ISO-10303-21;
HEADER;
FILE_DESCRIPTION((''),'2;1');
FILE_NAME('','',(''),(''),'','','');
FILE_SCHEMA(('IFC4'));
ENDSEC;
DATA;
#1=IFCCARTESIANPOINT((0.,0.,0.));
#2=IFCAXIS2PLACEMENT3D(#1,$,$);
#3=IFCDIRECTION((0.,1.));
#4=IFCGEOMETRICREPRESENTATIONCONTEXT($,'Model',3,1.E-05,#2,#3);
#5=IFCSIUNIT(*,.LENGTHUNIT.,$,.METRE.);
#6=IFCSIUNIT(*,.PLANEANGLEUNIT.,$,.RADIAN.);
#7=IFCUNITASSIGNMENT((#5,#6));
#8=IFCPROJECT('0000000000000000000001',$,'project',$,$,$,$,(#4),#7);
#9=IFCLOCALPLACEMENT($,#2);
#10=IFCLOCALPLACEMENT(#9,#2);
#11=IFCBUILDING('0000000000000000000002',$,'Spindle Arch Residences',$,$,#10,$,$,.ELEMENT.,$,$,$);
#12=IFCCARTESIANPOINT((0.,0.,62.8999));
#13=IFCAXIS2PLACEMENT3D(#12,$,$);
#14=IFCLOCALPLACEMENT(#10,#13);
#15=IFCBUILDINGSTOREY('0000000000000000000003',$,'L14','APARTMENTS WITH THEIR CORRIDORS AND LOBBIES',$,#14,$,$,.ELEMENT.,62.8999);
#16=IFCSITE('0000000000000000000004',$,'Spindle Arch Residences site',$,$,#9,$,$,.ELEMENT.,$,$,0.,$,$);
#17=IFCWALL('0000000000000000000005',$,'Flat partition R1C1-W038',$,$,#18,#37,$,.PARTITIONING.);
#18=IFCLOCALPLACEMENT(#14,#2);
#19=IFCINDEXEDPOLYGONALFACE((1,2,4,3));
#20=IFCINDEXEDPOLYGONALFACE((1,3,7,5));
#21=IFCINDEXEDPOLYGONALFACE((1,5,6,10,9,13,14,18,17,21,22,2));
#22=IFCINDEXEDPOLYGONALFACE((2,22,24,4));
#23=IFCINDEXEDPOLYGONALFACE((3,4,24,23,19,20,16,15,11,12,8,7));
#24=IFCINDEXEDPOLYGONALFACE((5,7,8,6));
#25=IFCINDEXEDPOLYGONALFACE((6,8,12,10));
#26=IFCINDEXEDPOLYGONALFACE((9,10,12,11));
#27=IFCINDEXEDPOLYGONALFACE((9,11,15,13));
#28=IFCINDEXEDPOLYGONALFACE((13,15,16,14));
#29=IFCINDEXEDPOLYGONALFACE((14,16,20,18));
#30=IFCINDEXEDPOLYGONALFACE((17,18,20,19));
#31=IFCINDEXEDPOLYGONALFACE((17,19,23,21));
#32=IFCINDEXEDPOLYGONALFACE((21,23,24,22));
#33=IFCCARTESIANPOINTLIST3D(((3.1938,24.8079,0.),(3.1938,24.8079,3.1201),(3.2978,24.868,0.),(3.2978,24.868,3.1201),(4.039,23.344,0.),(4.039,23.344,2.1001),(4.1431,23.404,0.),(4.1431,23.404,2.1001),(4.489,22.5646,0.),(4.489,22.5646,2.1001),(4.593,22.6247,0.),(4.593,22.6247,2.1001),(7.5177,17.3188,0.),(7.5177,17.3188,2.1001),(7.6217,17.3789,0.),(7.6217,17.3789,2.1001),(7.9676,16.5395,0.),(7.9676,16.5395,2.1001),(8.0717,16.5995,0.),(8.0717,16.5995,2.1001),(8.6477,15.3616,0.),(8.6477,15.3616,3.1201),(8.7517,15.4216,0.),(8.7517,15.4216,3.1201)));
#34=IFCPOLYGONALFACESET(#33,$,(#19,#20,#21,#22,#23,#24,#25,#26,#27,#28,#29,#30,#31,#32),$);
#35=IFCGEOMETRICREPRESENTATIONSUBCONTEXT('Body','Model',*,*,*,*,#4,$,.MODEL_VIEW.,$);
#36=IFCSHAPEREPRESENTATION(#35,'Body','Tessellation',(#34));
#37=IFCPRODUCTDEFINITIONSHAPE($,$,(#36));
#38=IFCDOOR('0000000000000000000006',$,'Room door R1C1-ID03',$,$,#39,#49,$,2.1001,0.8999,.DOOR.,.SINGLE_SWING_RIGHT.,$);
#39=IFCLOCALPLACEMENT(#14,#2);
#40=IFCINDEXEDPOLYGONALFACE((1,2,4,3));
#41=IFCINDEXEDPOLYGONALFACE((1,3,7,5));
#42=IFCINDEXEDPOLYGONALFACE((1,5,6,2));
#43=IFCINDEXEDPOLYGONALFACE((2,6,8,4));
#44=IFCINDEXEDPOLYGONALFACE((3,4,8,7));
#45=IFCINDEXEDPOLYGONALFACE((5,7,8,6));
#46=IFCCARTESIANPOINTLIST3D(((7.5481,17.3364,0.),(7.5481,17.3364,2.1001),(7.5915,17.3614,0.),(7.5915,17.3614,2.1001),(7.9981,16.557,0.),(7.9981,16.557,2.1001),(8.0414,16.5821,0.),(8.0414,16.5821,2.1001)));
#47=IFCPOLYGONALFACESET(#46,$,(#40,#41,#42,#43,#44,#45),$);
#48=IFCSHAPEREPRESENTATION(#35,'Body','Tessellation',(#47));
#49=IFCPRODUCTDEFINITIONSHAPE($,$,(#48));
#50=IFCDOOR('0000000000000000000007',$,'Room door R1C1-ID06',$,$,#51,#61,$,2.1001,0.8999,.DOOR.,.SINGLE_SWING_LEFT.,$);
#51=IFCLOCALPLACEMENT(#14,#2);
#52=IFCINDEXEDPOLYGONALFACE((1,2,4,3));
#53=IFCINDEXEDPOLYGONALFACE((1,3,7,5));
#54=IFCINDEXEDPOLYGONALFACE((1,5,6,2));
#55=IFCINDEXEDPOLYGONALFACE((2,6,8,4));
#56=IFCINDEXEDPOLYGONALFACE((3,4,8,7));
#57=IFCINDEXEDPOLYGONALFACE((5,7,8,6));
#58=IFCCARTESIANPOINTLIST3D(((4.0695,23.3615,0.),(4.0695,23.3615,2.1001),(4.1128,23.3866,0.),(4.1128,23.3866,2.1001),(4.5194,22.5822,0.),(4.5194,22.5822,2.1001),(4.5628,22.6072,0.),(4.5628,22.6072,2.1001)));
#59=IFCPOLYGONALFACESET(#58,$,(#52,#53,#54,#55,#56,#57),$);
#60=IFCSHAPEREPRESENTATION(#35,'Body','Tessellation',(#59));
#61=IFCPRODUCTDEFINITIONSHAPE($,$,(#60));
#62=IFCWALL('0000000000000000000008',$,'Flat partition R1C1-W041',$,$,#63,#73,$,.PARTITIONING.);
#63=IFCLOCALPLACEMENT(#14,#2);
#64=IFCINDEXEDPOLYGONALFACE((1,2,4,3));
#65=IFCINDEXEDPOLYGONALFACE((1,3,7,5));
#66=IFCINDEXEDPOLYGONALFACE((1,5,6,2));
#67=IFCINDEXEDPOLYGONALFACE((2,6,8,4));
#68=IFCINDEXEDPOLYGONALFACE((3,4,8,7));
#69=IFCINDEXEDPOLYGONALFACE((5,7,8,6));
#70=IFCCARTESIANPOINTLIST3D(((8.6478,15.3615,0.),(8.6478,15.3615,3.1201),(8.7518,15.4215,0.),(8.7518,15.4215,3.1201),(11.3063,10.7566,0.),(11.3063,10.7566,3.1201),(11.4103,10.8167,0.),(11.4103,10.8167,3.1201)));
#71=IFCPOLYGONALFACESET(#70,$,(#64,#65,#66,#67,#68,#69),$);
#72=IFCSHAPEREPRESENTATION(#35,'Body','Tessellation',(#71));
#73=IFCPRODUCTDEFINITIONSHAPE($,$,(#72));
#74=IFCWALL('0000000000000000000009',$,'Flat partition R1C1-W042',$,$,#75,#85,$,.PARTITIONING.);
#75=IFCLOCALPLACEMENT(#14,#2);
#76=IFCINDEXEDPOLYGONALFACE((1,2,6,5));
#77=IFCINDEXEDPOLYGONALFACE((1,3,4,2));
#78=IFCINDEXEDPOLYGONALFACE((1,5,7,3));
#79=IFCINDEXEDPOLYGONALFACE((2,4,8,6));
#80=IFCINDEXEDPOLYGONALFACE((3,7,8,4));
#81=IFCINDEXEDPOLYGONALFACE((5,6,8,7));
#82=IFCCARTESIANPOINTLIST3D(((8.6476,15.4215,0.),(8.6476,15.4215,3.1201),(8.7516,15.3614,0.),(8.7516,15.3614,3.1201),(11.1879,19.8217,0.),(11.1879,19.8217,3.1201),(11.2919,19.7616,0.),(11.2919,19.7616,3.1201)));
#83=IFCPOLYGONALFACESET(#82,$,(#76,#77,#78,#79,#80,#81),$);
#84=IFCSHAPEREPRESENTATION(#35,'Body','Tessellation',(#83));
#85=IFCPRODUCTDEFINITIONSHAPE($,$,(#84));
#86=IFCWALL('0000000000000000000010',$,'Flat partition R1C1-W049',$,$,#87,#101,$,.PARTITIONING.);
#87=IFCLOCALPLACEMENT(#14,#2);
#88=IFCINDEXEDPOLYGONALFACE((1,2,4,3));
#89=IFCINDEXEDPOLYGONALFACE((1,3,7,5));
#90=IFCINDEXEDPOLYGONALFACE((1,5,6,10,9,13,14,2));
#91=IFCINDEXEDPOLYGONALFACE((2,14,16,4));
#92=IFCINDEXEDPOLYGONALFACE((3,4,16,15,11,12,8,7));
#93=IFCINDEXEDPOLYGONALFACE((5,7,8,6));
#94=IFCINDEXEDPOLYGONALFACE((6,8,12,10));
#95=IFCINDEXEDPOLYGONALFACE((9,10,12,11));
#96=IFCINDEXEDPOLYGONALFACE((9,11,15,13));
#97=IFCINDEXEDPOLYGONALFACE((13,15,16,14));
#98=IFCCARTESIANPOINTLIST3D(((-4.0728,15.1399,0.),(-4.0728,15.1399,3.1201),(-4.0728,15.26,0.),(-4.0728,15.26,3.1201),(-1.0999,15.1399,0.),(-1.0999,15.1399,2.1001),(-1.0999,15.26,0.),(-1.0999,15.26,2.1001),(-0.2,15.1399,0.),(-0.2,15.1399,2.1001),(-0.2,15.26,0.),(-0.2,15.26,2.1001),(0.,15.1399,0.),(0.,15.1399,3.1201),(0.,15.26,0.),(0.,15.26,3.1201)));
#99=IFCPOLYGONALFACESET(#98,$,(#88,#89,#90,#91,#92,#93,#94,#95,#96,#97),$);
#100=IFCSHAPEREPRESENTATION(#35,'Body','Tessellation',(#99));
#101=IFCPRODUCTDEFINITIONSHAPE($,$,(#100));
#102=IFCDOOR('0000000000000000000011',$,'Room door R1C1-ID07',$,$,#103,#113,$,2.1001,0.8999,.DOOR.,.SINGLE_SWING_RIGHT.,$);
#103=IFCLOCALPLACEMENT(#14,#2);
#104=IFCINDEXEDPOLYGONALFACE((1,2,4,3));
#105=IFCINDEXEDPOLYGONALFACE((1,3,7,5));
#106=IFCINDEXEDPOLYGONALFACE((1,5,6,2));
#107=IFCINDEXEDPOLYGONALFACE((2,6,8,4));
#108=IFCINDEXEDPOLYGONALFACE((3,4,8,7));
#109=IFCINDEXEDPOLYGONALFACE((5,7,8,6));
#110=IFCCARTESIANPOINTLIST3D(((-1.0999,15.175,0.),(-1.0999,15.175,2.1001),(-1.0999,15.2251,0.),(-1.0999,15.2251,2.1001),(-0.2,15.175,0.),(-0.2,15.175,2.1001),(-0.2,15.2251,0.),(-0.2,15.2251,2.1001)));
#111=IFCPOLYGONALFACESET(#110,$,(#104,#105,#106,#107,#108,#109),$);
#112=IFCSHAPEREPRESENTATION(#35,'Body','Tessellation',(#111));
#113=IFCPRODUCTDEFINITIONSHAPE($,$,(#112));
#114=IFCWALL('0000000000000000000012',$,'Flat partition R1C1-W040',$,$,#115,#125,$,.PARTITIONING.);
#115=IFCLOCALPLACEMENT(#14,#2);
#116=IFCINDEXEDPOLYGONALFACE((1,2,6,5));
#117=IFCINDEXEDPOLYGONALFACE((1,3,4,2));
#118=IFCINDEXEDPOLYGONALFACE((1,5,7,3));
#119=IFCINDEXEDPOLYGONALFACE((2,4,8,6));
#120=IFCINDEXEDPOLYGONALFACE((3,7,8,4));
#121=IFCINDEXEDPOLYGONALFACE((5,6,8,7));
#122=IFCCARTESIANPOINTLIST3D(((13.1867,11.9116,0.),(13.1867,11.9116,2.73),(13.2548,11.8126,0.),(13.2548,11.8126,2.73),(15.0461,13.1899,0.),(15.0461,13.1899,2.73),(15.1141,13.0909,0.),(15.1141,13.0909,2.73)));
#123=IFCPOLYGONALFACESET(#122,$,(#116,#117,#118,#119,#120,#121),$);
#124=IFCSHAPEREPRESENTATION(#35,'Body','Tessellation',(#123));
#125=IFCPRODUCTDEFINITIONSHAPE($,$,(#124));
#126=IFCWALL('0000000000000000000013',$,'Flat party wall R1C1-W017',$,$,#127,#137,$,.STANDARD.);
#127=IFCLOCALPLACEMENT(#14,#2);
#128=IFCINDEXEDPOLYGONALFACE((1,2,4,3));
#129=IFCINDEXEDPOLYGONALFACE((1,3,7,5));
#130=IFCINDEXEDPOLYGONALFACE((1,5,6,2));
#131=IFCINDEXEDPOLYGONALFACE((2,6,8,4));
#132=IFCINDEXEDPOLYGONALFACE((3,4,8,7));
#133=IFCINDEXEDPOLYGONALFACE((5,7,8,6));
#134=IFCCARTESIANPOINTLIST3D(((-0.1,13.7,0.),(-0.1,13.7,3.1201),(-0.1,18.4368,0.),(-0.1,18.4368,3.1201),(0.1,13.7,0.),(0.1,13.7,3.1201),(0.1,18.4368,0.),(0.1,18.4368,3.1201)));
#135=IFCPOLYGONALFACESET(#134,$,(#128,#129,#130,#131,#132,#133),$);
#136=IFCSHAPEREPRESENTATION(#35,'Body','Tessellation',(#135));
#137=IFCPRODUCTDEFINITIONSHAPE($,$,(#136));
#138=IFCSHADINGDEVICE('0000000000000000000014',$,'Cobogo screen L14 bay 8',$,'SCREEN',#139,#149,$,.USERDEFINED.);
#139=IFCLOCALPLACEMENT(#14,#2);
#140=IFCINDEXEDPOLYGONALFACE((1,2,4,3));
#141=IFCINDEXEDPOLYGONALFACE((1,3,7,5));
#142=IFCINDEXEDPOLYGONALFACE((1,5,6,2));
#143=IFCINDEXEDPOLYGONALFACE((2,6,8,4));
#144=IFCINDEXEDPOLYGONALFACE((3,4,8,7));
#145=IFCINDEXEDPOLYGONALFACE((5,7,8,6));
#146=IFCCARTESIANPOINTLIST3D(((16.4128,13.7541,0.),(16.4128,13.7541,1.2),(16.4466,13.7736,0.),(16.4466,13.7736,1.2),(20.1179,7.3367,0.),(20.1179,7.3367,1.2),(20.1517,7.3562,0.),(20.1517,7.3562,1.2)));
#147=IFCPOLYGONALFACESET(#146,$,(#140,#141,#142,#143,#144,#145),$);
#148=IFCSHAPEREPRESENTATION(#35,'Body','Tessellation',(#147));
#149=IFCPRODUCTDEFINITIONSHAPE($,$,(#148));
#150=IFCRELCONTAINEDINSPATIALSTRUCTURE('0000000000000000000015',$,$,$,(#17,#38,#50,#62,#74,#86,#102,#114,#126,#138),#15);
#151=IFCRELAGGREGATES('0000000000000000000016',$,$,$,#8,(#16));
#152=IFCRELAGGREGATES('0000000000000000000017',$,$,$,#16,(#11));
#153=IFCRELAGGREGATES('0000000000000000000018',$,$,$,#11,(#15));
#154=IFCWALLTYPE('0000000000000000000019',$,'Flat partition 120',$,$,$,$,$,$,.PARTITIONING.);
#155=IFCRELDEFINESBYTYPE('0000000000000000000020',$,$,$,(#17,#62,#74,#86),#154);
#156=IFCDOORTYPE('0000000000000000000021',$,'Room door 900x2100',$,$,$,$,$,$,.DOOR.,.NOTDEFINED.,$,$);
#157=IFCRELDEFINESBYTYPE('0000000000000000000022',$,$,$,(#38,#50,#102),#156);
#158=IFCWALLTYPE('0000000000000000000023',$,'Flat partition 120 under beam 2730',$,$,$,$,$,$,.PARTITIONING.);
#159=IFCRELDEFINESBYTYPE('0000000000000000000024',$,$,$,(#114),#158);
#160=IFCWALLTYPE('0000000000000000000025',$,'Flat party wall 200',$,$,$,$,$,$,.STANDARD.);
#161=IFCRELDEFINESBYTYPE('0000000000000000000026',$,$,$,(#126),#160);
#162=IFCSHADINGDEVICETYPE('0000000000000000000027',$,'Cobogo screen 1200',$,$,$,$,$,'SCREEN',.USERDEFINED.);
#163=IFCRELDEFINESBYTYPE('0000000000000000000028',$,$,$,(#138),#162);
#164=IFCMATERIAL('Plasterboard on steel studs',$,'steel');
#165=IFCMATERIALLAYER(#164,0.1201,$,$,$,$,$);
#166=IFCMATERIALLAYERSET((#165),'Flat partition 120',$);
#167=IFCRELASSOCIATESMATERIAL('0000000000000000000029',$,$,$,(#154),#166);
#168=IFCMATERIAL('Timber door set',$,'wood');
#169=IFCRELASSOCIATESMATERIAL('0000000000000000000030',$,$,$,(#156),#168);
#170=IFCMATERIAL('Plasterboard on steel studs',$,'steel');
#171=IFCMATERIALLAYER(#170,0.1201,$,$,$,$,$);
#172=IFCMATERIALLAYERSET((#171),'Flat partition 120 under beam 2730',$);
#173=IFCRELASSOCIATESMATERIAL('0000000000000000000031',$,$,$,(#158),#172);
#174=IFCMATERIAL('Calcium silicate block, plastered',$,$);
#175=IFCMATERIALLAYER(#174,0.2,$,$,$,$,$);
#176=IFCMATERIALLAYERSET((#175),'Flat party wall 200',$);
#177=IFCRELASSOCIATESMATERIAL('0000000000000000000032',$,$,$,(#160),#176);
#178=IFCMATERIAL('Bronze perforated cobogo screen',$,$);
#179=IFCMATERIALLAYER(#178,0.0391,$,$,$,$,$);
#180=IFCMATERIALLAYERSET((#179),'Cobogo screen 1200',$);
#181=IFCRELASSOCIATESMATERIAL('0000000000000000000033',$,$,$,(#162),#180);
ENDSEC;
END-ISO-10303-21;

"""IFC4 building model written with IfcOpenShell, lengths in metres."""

from ifc_helpers import new_model, si_unit, direction, frame, frame_2d, origin, origin_2d, place, context, subcontext, project, spatial, rectangle, extrude, material, layer, layer_set, type_object, element, fill, save


model = new_model("IFC4")

# Units and contexts
model_context = context("Model", 3, precision=1e-05, world=origin(), true_north=direction((0.0, 1.0)))
body_context = subcontext(model_context, "Body", "Model", "MODEL_VIEW")
ifc_project = project(units=[si_unit("LENGTHUNIT", "METRE"), si_unit("PLANEANGLEUNIT", "RADIAN")], contexts=[model_context])

# Site, building, storey
site_placement = place(None, origin())
site = spatial("IfcSite", under=ifc_project, at=site_placement, Name="Spindle Arch Residences site", CompositionType="ELEMENT", RefElevation=0.0)
building_placement = place(site_placement, origin())
building = spatial("IfcBuilding", under=site, at=building_placement, Name="Spindle Arch Residences", CompositionType="ELEMENT")
storey_placement = place(building_placement, frame((0.0, 0.0, 62.8999)))
storey = spatial("IfcBuildingStorey", under=building, at=storey_placement, Name="L14", Description="APARTMENTS WITH THEIR CORRIDORS AND LOBBIES", CompositionType="ELEMENT", Elevation=62.8999)

# Shared definitions
ifc_material_1 = material(Name="Plasterboard on steel studs", Category="steel")
ifc_layer_1 = layer(ifc_material_1, 0.1201)
ifc_layer_set_1 = layer_set([ifc_layer_1], Name="Flat partition 120")
wall_type_1 = type_object("IfcWallType", Name="Flat partition 120", PredefinedType="PARTITIONING", material=ifc_layer_set_1)
ifc_material_2 = material(Name="Timber door set", Category="wood")
door_type_1 = type_object("IfcDoorType", Name="Room door 900x2100", OperationType="NOTDEFINED", PredefinedType="DOOR", material=ifc_material_2)

# Wall, openings, doors
wall_1_placement = place(storey_placement, frame((8.6997, 15.3916, 0.0), z_axis=(0.0, 0.0, 1.0), x_axis=(-0.500003, 0.866024, 0.0)))
wall_1 = element("IfcWall", 1, at=wall_1_placement, inside=storey, type_object=wall_type_1, Name="Flat partition R1C1-W038", PredefinedType="PARTITIONING", context=body_context, shape_type="SweptSolid", body=[
    extrude(rectangle(XDim=10.9077, YDim=0.1201, at=frame_2d((5.4539, 0.0))), origin(), (0.0, 0.0, 1.0), 3.1201),
])
opening_1_placement = place(wall_1_placement, frame((1.3601, 0.0, 0.0)))
opening_1 = element("IfcOpeningElement", 2, at=opening_1_placement, cuts=wall_1, PredefinedType="OPENING", context=body_context, shape_type="SweptSolid", body=[
    extrude(rectangle(XDim=0.8999, YDim=2.1001, at=frame_2d((0.45, 1.05))), frame((0.0, 0.0701, 0.0), z_axis=(0.0, -1.0, 0.0), x_axis=(1.0, 0.0, 0.0)), (0.0, 0.0, 1.0), 0.1401),
])
opening_2_placement = place(wall_1_placement, frame((8.3174, 0.0, 0.0)))
opening_2 = element("IfcOpeningElement", 3, at=opening_2_placement, cuts=wall_1, PredefinedType="OPENING", context=body_context, shape_type="SweptSolid", body=[
    extrude(rectangle(XDim=0.8999, YDim=2.1001, at=frame_2d((0.45, 1.05))), frame((0.0, 0.0701, 0.0), z_axis=(0.0, -1.0, 0.0), x_axis=(1.0, 0.0, 0.0)), (0.0, 0.0, 1.0), 0.1401),
])
door_1_placement = place(opening_1_placement, origin())
door_1 = element("IfcDoor", 4, at=door_1_placement, inside=storey, type_object=door_type_1, Name="Room door R1C1-ID03", OperationType="SINGLE_SWING_RIGHT", OverallHeight=2.1001, OverallWidth=0.8999, PredefinedType="DOOR", context=body_context, shape_type="SweptSolid", body=[
    extrude(rectangle(XDim=0.8999, YDim=2.1001, at=frame_2d((0.45, 1.05))), frame((0.0, 0.0249, 0.0), z_axis=(0.0, -1.0, 0.0), x_axis=(1.0, 0.0, 0.0)), (0.0, 0.0, 1.0), 0.05),
])
fill(opening_1, door_1)
door_2_placement = place(opening_2_placement, origin())
door_2 = element("IfcDoor", 5, at=door_2_placement, inside=storey, type_object=door_type_1, Name="Room door R1C1-ID06", OperationType="SINGLE_SWING_LEFT", OverallHeight=2.1001, OverallWidth=0.8999, PredefinedType="DOOR", context=body_context, shape_type="SweptSolid", body=[
    extrude(rectangle(XDim=0.8999, YDim=2.1001, at=frame_2d((0.45, 1.05))), frame((0.0, 0.0249, 0.0), z_axis=(0.0, -1.0, 0.0), x_axis=(1.0, 0.0, 0.0)), (0.0, 0.0, 1.0), 0.05),
])
fill(opening_2, door_2)

# Walls
wall_2_placement = place(storey_placement, frame((8.6997, 15.3916, 0.0), z_axis=(0.0, 0.0, 1.0), x_axis=(0.499986, -0.866033, 0.0)))
element("IfcWall", 6, at=wall_2_placement, inside=storey, type_object=wall_type_1, Name="Flat partition R1C1-W041", PredefinedType="PARTITIONING", context=body_context, shape_type="SweptSolid", body=[
    extrude(rectangle(XDim=5.3171, YDim=0.1201, at=frame_2d((2.6587, 0.0))), origin(), (0.0, 0.0, 1.0), 3.1201),
])
wall_3_placement = place(storey_placement, frame((11.24, 19.7917, 0.0), z_axis=(0.0, 0.0, 1.0), x_axis=(-0.499979, -0.866038, 0.0)))
element("IfcWall", 7, at=wall_3_placement, inside=storey, type_object=wall_type_1, Name="Flat partition R1C1-W042", PredefinedType="PARTITIONING", context=body_context, shape_type="SweptSolid", body=[
    extrude(rectangle(XDim=5.0808, YDim=0.1201, at=frame_2d((2.5405, 0.0))), origin(), (0.0, 0.0, 1.0), 3.1201),
])

# Wall, opening, door
wall_4_placement = place(storey_placement, frame((0.0, 15.2, 0.0), z_axis=(0.0, 0.0, 1.0), x_axis=(-1.0, 0.0, 0.0)))
wall_4 = element("IfcWall", 8, at=wall_4_placement, inside=storey, type_object=wall_type_1, Name="Flat partition R1C1-W049", PredefinedType="PARTITIONING", context=body_context, shape_type="SweptSolid", body=[
    extrude(rectangle(XDim=4.0728, YDim=0.1201, at=frame_2d((2.0364, 0.0))), origin(), (0.0, 0.0, 1.0), 3.1201),
])
opening_3_placement = place(wall_4_placement, frame((0.2, 0.0, 0.0)))
opening_3 = element("IfcOpeningElement", 9, at=opening_3_placement, cuts=wall_4, PredefinedType="OPENING", context=body_context, shape_type="SweptSolid", body=[
    extrude(rectangle(XDim=0.8999, YDim=2.1001, at=frame_2d((0.45, 1.05))), frame((0.0, 0.0701, 0.0), z_axis=(0.0, -1.0, 0.0), x_axis=(1.0, 0.0, 0.0)), (0.0, 0.0, 1.0), 0.1401),
])
door_3_placement = place(opening_3_placement, origin())
door_3 = element("IfcDoor", 10, at=door_3_placement, inside=storey, type_object=door_type_1, Name="Room door R1C1-ID07", OperationType="SINGLE_SWING_RIGHT", OverallHeight=2.1001, OverallWidth=0.8999, PredefinedType="DOOR", context=body_context, shape_type="SweptSolid", body=[
    extrude(rectangle(XDim=0.8999, YDim=2.1001, at=frame_2d((0.45, 1.05))), frame((0.0, 0.0249, 0.0), z_axis=(0.0, -1.0, 0.0), x_axis=(1.0, 0.0, 0.0)), (0.0, 0.0, 1.0), 0.05),
])
fill(opening_3, door_3)

# Walls
ifc_material_3 = material(Name="Plasterboard on steel studs", Category="steel")
ifc_layer_2 = layer(ifc_material_3, 0.1201)
ifc_layer_set_2 = layer_set([ifc_layer_2], Name="Flat partition 120 under beam 2730")
wall_type_2 = type_object("IfcWallType", Name="Flat partition 120 under beam 2730", PredefinedType="PARTITIONING", material=ifc_layer_set_2)
wall_5_placement = place(storey_placement, frame((15.0801, 13.1404, 0.0), z_axis=(0.0, 0.0, 1.0), x_axis=(-0.824042, -0.566529, 0.0)))
element("IfcWall", 11, at=wall_5_placement, inside=storey, type_object=wall_type_2, Name="Flat partition R1C1-W040", PredefinedType="PARTITIONING", context=body_context, shape_type="SweptSolid", body=[
    extrude(rectangle(XDim=2.2563, YDim=0.1201, at=frame_2d((1.1282, 0.0))), origin(), (0.0, 0.0, 1.0), 2.73),
])
ifc_material_4 = material(Name="Calcium silicate block, plastered")
ifc_layer_3 = layer(ifc_material_4, 0.2)
ifc_layer_set_3 = layer_set([ifc_layer_3], Name="Flat party wall 200")
wall_type_3 = type_object("IfcWallType", Name="Flat party wall 200", PredefinedType="STANDARD", material=ifc_layer_set_3)
wall_6_placement = place(storey_placement, frame((0.0, 18.4368, 0.0), z_axis=(0.0, 0.0, 1.0), x_axis=(0.0, -1.0, 0.0)))
element("IfcWall", 12, at=wall_6_placement, inside=storey, type_object=wall_type_3, Name="Flat party wall R1C1-W017", PredefinedType="STANDARD", context=body_context, shape_type="SweptSolid", body=[
    extrude(rectangle(XDim=4.7368, YDim=0.2, at=frame_2d((2.3684, 0.0))), origin(), (0.0, 0.0, 1.0), 3.1201),
])

# Shading device
ifc_material_5 = material(Name="Bronze perforated cobogo screen")
ifc_layer_4 = layer(ifc_material_5, 0.0391)
ifc_layer_set_4 = layer_set([ifc_layer_4], Name="Cobogo screen 1200")
shading_device_type = type_object("IfcShadingDeviceType", Name="Cobogo screen 1200", ElementType="SCREEN", PredefinedType="USERDEFINED", material=ifc_layer_set_4)
shading_device_placement = place(storey_placement, frame((18.2822, 10.5552, 0.0), z_axis=(0.0, 0.0, 1.0), x_axis=(-0.5, 0.866025, 0.0)))
element("IfcShadingDevice", 13, at=shading_device_placement, inside=storey, type_object=shading_device_type, Name="Cobogo screen L14 bay 8", ObjectType="SCREEN", PredefinedType="USERDEFINED", context=body_context, shape_type="SweptSolid", body=[
    extrude(rectangle(XDim=7.4102, YDim=0.0391, at=origin_2d()), origin(), (0.0, 0.0, 1.0), 1.2),
])

save(model, "model.ifc")
